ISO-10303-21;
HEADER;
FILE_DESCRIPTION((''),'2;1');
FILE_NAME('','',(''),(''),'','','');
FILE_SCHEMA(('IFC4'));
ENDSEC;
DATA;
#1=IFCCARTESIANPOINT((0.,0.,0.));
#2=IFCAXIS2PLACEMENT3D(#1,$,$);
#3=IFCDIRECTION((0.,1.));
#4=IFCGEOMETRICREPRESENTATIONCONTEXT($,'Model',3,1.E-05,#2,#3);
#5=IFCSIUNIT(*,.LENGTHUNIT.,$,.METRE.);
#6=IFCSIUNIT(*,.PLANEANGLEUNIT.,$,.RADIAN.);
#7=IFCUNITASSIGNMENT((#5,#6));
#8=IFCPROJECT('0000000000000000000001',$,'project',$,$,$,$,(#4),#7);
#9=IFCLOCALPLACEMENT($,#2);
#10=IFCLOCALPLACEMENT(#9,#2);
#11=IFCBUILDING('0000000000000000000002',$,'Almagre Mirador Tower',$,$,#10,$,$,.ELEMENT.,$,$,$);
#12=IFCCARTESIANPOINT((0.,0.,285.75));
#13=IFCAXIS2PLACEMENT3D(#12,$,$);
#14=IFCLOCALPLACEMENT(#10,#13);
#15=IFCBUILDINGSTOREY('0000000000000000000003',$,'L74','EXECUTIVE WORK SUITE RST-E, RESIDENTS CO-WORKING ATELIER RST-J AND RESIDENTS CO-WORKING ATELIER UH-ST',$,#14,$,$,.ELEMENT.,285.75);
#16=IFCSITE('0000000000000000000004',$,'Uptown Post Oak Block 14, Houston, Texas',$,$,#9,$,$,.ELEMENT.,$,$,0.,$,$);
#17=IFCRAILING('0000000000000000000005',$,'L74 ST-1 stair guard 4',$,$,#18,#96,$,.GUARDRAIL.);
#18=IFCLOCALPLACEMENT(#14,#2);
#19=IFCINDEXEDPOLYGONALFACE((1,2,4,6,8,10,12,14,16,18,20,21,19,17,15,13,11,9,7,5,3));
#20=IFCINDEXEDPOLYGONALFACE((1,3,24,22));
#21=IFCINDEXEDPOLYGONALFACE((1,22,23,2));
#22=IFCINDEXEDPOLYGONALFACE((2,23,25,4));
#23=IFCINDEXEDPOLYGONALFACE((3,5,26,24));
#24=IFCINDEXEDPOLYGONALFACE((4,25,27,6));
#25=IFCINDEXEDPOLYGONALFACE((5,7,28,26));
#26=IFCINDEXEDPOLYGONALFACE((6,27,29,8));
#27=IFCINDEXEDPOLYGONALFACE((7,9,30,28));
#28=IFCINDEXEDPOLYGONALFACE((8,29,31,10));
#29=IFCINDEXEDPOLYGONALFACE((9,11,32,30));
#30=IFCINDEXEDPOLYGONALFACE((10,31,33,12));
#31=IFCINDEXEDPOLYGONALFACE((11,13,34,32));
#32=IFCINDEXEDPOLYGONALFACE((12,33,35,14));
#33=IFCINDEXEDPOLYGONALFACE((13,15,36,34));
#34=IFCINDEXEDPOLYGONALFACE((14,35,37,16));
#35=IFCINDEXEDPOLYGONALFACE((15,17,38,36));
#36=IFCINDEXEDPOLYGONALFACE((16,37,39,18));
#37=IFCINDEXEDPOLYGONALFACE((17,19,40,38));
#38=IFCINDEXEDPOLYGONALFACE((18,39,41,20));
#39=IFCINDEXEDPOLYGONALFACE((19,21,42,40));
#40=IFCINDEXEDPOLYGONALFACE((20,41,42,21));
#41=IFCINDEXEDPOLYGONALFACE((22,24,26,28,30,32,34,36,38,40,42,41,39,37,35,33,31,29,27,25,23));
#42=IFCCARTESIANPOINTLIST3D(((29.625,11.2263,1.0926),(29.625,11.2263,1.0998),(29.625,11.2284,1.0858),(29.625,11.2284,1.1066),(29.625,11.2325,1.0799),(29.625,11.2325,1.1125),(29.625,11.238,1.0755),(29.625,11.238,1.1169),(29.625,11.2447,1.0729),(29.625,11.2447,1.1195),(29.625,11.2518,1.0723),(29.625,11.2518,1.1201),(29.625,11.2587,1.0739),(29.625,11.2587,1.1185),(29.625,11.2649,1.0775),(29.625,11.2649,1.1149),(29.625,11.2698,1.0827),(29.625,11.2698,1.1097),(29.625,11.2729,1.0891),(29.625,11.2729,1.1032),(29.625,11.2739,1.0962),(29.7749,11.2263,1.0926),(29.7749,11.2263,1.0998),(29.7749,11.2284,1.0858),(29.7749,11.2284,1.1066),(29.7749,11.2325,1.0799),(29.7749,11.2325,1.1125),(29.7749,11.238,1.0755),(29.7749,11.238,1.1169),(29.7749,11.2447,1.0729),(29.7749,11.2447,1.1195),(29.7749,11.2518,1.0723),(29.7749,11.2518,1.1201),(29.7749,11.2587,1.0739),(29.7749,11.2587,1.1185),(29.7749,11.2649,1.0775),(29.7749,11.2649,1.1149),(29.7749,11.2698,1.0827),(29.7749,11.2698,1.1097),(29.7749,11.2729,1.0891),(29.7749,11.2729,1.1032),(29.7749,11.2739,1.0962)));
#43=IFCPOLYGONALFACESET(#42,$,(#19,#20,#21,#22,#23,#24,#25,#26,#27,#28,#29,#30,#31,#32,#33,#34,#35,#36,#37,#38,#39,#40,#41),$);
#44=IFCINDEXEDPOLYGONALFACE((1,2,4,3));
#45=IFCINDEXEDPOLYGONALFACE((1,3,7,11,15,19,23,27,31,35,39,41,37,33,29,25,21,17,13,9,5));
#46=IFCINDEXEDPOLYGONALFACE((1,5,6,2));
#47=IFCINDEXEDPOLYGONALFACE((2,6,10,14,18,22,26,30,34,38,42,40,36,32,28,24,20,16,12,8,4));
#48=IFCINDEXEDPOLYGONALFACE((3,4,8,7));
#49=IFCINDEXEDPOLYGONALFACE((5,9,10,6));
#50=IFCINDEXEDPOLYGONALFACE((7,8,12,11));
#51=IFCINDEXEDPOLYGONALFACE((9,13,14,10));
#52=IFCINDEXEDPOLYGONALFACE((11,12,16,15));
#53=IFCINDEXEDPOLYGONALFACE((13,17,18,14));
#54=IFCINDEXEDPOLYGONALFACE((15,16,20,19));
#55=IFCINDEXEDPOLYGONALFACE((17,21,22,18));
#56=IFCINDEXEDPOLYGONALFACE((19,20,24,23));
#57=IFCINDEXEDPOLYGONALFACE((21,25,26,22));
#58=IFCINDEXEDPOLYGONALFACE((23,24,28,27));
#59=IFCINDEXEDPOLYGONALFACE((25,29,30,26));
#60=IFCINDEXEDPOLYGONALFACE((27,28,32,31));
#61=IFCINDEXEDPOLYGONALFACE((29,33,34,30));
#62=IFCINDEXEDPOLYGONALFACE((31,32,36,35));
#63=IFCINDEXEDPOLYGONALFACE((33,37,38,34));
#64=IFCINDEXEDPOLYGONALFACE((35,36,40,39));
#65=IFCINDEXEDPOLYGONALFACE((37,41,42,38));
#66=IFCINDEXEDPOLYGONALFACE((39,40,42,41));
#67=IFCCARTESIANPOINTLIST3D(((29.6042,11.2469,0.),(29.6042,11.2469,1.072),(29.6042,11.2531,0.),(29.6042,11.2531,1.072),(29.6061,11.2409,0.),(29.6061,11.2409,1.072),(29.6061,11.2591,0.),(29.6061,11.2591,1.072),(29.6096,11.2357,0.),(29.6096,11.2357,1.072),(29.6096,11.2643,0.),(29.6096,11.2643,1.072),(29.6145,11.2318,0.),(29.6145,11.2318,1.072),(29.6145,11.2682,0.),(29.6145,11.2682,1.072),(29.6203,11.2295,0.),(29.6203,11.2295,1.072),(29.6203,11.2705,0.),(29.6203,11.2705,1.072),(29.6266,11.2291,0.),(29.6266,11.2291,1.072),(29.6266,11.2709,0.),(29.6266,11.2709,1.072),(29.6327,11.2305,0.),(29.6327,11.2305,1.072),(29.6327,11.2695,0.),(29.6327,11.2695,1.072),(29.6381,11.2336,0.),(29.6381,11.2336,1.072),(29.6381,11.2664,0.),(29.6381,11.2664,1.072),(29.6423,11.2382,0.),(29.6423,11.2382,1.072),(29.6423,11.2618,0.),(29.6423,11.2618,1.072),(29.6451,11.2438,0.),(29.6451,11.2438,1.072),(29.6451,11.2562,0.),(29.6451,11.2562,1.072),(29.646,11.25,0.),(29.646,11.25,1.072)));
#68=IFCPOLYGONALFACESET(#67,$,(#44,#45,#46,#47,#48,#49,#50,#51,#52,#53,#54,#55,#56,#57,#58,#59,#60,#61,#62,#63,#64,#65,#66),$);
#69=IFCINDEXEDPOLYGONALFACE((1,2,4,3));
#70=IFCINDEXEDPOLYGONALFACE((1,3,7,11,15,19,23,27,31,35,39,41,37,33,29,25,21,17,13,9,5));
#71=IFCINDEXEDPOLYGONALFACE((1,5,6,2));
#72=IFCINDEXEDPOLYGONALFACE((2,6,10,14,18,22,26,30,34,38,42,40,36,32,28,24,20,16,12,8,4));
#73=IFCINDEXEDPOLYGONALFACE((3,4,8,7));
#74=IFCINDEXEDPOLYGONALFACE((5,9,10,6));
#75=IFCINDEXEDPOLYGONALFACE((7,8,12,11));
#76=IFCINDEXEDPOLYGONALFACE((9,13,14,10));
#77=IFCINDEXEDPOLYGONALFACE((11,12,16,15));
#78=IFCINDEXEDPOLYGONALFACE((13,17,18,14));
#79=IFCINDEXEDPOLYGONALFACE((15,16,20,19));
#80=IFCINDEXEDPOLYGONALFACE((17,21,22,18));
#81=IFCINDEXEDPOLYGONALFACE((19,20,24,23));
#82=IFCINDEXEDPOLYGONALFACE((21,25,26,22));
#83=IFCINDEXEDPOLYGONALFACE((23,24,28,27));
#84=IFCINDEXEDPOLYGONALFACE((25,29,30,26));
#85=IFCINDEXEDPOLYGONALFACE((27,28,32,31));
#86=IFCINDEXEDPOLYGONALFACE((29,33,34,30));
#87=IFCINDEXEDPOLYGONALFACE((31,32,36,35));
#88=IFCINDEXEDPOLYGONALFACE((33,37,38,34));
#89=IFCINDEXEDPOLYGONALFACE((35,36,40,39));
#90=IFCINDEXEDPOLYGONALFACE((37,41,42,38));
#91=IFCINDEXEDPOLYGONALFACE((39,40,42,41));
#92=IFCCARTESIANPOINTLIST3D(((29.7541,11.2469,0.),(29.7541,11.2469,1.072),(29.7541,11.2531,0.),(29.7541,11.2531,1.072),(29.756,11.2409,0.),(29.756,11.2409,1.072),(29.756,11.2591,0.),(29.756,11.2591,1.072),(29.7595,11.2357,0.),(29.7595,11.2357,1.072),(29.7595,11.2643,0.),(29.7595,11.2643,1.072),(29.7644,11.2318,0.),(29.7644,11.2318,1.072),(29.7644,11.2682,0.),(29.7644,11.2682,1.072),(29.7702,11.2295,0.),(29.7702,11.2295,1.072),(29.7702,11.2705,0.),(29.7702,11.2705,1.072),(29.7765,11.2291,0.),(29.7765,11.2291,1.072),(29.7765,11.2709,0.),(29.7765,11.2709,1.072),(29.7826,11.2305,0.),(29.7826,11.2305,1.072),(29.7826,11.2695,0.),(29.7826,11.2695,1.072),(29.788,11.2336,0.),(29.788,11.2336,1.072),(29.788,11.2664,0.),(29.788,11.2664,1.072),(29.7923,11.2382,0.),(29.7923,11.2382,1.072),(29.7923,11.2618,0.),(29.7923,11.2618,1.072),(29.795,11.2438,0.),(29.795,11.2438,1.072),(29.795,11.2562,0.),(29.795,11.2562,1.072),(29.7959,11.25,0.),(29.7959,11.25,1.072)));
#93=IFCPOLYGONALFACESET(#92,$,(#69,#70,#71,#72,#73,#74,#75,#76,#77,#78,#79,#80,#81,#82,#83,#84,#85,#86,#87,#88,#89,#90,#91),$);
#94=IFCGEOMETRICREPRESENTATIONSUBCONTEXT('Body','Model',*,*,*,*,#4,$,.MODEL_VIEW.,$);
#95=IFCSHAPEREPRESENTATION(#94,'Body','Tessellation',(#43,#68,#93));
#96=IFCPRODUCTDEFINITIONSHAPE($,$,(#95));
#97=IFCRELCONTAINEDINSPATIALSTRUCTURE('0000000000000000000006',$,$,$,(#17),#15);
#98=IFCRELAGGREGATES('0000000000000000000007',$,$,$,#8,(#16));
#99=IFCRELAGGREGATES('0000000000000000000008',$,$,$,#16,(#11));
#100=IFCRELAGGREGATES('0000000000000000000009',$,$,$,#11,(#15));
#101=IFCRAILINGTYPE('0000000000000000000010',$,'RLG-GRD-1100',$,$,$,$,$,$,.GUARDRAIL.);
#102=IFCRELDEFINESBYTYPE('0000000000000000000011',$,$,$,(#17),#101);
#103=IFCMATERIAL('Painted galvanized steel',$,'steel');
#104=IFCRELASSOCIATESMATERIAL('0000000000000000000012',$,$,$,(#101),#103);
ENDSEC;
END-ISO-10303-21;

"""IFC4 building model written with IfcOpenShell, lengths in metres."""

from ifc_helpers import new_model, si_unit, direction, frame, origin, origin_2d, place, context, subcontext, project, spatial, circle, extrude, material, type_object, element, save


model = new_model("IFC4")

# Units and contexts
model_context = context("Model", 3, precision=1e-05, world=origin(), true_north=direction((0.0, 1.0)))
body_context = subcontext(model_context, "Body", "Model", "MODEL_VIEW")
ifc_project = project(units=[si_unit("LENGTHUNIT", "METRE"), si_unit("PLANEANGLEUNIT", "RADIAN")], contexts=[model_context])

# Site, building, storey
site_placement = place(None, origin())
site = spatial("IfcSite", under=ifc_project, at=site_placement, Name="Uptown Post Oak Block 14, Houston, Texas", CompositionType="ELEMENT", RefElevation=0.0)
building_placement = place(site_placement, origin())
building = spatial("IfcBuilding", under=site, at=building_placement, Name="Almagre Mirador Tower", CompositionType="ELEMENT")
storey_placement = place(building_placement, frame((0.0, 0.0, 285.75)))
storey = spatial("IfcBuildingStorey", under=building, at=storey_placement, Name="L74", Description="EXECUTIVE WORK SUITE RST-E, RESIDENTS CO-WORKING ATELIER RST-J AND RESIDENTS CO-WORKING ATELIER UH-ST", CompositionType="ELEMENT", Elevation=285.75)

# Railing
ifc_material_1 = material(Name="Painted galvanized steel", Category="steel")
railing_type_1 = type_object("IfcRailingType", Name="RLG-GRD-1100", PredefinedType="GUARDRAIL", material=ifc_material_1)
railing_1_placement = place(storey_placement, frame((29.625, 11.25, 0.0)))
element("IfcRailing", 1, at=railing_1_placement, inside=storey, type_object=railing_type_1, Name="L74 ST-1 stair guard 4", PredefinedType="GUARDRAIL", context=body_context, shape_type="SweptSolid", body=[
    extrude(circle(Radius=0.0239, at=origin_2d()), frame((0.0, 0.0, 1.0962), z_axis=(1.0, 0.0, 0.0), x_axis=(0.0, 1.0, 0.0)), (0.0, 0.0, 1.0), 0.1499),
    extrude(circle(Radius=0.021, at=origin_2d()), origin(), (0.0, 0.0, 1.0), 1.072),
    extrude(circle(Radius=0.021, at=origin_2d()), frame((0.1499, 0.0, 0.0)), (0.0, 0.0, 1.0), 1.072),
])

save(model, "model.ifc")
